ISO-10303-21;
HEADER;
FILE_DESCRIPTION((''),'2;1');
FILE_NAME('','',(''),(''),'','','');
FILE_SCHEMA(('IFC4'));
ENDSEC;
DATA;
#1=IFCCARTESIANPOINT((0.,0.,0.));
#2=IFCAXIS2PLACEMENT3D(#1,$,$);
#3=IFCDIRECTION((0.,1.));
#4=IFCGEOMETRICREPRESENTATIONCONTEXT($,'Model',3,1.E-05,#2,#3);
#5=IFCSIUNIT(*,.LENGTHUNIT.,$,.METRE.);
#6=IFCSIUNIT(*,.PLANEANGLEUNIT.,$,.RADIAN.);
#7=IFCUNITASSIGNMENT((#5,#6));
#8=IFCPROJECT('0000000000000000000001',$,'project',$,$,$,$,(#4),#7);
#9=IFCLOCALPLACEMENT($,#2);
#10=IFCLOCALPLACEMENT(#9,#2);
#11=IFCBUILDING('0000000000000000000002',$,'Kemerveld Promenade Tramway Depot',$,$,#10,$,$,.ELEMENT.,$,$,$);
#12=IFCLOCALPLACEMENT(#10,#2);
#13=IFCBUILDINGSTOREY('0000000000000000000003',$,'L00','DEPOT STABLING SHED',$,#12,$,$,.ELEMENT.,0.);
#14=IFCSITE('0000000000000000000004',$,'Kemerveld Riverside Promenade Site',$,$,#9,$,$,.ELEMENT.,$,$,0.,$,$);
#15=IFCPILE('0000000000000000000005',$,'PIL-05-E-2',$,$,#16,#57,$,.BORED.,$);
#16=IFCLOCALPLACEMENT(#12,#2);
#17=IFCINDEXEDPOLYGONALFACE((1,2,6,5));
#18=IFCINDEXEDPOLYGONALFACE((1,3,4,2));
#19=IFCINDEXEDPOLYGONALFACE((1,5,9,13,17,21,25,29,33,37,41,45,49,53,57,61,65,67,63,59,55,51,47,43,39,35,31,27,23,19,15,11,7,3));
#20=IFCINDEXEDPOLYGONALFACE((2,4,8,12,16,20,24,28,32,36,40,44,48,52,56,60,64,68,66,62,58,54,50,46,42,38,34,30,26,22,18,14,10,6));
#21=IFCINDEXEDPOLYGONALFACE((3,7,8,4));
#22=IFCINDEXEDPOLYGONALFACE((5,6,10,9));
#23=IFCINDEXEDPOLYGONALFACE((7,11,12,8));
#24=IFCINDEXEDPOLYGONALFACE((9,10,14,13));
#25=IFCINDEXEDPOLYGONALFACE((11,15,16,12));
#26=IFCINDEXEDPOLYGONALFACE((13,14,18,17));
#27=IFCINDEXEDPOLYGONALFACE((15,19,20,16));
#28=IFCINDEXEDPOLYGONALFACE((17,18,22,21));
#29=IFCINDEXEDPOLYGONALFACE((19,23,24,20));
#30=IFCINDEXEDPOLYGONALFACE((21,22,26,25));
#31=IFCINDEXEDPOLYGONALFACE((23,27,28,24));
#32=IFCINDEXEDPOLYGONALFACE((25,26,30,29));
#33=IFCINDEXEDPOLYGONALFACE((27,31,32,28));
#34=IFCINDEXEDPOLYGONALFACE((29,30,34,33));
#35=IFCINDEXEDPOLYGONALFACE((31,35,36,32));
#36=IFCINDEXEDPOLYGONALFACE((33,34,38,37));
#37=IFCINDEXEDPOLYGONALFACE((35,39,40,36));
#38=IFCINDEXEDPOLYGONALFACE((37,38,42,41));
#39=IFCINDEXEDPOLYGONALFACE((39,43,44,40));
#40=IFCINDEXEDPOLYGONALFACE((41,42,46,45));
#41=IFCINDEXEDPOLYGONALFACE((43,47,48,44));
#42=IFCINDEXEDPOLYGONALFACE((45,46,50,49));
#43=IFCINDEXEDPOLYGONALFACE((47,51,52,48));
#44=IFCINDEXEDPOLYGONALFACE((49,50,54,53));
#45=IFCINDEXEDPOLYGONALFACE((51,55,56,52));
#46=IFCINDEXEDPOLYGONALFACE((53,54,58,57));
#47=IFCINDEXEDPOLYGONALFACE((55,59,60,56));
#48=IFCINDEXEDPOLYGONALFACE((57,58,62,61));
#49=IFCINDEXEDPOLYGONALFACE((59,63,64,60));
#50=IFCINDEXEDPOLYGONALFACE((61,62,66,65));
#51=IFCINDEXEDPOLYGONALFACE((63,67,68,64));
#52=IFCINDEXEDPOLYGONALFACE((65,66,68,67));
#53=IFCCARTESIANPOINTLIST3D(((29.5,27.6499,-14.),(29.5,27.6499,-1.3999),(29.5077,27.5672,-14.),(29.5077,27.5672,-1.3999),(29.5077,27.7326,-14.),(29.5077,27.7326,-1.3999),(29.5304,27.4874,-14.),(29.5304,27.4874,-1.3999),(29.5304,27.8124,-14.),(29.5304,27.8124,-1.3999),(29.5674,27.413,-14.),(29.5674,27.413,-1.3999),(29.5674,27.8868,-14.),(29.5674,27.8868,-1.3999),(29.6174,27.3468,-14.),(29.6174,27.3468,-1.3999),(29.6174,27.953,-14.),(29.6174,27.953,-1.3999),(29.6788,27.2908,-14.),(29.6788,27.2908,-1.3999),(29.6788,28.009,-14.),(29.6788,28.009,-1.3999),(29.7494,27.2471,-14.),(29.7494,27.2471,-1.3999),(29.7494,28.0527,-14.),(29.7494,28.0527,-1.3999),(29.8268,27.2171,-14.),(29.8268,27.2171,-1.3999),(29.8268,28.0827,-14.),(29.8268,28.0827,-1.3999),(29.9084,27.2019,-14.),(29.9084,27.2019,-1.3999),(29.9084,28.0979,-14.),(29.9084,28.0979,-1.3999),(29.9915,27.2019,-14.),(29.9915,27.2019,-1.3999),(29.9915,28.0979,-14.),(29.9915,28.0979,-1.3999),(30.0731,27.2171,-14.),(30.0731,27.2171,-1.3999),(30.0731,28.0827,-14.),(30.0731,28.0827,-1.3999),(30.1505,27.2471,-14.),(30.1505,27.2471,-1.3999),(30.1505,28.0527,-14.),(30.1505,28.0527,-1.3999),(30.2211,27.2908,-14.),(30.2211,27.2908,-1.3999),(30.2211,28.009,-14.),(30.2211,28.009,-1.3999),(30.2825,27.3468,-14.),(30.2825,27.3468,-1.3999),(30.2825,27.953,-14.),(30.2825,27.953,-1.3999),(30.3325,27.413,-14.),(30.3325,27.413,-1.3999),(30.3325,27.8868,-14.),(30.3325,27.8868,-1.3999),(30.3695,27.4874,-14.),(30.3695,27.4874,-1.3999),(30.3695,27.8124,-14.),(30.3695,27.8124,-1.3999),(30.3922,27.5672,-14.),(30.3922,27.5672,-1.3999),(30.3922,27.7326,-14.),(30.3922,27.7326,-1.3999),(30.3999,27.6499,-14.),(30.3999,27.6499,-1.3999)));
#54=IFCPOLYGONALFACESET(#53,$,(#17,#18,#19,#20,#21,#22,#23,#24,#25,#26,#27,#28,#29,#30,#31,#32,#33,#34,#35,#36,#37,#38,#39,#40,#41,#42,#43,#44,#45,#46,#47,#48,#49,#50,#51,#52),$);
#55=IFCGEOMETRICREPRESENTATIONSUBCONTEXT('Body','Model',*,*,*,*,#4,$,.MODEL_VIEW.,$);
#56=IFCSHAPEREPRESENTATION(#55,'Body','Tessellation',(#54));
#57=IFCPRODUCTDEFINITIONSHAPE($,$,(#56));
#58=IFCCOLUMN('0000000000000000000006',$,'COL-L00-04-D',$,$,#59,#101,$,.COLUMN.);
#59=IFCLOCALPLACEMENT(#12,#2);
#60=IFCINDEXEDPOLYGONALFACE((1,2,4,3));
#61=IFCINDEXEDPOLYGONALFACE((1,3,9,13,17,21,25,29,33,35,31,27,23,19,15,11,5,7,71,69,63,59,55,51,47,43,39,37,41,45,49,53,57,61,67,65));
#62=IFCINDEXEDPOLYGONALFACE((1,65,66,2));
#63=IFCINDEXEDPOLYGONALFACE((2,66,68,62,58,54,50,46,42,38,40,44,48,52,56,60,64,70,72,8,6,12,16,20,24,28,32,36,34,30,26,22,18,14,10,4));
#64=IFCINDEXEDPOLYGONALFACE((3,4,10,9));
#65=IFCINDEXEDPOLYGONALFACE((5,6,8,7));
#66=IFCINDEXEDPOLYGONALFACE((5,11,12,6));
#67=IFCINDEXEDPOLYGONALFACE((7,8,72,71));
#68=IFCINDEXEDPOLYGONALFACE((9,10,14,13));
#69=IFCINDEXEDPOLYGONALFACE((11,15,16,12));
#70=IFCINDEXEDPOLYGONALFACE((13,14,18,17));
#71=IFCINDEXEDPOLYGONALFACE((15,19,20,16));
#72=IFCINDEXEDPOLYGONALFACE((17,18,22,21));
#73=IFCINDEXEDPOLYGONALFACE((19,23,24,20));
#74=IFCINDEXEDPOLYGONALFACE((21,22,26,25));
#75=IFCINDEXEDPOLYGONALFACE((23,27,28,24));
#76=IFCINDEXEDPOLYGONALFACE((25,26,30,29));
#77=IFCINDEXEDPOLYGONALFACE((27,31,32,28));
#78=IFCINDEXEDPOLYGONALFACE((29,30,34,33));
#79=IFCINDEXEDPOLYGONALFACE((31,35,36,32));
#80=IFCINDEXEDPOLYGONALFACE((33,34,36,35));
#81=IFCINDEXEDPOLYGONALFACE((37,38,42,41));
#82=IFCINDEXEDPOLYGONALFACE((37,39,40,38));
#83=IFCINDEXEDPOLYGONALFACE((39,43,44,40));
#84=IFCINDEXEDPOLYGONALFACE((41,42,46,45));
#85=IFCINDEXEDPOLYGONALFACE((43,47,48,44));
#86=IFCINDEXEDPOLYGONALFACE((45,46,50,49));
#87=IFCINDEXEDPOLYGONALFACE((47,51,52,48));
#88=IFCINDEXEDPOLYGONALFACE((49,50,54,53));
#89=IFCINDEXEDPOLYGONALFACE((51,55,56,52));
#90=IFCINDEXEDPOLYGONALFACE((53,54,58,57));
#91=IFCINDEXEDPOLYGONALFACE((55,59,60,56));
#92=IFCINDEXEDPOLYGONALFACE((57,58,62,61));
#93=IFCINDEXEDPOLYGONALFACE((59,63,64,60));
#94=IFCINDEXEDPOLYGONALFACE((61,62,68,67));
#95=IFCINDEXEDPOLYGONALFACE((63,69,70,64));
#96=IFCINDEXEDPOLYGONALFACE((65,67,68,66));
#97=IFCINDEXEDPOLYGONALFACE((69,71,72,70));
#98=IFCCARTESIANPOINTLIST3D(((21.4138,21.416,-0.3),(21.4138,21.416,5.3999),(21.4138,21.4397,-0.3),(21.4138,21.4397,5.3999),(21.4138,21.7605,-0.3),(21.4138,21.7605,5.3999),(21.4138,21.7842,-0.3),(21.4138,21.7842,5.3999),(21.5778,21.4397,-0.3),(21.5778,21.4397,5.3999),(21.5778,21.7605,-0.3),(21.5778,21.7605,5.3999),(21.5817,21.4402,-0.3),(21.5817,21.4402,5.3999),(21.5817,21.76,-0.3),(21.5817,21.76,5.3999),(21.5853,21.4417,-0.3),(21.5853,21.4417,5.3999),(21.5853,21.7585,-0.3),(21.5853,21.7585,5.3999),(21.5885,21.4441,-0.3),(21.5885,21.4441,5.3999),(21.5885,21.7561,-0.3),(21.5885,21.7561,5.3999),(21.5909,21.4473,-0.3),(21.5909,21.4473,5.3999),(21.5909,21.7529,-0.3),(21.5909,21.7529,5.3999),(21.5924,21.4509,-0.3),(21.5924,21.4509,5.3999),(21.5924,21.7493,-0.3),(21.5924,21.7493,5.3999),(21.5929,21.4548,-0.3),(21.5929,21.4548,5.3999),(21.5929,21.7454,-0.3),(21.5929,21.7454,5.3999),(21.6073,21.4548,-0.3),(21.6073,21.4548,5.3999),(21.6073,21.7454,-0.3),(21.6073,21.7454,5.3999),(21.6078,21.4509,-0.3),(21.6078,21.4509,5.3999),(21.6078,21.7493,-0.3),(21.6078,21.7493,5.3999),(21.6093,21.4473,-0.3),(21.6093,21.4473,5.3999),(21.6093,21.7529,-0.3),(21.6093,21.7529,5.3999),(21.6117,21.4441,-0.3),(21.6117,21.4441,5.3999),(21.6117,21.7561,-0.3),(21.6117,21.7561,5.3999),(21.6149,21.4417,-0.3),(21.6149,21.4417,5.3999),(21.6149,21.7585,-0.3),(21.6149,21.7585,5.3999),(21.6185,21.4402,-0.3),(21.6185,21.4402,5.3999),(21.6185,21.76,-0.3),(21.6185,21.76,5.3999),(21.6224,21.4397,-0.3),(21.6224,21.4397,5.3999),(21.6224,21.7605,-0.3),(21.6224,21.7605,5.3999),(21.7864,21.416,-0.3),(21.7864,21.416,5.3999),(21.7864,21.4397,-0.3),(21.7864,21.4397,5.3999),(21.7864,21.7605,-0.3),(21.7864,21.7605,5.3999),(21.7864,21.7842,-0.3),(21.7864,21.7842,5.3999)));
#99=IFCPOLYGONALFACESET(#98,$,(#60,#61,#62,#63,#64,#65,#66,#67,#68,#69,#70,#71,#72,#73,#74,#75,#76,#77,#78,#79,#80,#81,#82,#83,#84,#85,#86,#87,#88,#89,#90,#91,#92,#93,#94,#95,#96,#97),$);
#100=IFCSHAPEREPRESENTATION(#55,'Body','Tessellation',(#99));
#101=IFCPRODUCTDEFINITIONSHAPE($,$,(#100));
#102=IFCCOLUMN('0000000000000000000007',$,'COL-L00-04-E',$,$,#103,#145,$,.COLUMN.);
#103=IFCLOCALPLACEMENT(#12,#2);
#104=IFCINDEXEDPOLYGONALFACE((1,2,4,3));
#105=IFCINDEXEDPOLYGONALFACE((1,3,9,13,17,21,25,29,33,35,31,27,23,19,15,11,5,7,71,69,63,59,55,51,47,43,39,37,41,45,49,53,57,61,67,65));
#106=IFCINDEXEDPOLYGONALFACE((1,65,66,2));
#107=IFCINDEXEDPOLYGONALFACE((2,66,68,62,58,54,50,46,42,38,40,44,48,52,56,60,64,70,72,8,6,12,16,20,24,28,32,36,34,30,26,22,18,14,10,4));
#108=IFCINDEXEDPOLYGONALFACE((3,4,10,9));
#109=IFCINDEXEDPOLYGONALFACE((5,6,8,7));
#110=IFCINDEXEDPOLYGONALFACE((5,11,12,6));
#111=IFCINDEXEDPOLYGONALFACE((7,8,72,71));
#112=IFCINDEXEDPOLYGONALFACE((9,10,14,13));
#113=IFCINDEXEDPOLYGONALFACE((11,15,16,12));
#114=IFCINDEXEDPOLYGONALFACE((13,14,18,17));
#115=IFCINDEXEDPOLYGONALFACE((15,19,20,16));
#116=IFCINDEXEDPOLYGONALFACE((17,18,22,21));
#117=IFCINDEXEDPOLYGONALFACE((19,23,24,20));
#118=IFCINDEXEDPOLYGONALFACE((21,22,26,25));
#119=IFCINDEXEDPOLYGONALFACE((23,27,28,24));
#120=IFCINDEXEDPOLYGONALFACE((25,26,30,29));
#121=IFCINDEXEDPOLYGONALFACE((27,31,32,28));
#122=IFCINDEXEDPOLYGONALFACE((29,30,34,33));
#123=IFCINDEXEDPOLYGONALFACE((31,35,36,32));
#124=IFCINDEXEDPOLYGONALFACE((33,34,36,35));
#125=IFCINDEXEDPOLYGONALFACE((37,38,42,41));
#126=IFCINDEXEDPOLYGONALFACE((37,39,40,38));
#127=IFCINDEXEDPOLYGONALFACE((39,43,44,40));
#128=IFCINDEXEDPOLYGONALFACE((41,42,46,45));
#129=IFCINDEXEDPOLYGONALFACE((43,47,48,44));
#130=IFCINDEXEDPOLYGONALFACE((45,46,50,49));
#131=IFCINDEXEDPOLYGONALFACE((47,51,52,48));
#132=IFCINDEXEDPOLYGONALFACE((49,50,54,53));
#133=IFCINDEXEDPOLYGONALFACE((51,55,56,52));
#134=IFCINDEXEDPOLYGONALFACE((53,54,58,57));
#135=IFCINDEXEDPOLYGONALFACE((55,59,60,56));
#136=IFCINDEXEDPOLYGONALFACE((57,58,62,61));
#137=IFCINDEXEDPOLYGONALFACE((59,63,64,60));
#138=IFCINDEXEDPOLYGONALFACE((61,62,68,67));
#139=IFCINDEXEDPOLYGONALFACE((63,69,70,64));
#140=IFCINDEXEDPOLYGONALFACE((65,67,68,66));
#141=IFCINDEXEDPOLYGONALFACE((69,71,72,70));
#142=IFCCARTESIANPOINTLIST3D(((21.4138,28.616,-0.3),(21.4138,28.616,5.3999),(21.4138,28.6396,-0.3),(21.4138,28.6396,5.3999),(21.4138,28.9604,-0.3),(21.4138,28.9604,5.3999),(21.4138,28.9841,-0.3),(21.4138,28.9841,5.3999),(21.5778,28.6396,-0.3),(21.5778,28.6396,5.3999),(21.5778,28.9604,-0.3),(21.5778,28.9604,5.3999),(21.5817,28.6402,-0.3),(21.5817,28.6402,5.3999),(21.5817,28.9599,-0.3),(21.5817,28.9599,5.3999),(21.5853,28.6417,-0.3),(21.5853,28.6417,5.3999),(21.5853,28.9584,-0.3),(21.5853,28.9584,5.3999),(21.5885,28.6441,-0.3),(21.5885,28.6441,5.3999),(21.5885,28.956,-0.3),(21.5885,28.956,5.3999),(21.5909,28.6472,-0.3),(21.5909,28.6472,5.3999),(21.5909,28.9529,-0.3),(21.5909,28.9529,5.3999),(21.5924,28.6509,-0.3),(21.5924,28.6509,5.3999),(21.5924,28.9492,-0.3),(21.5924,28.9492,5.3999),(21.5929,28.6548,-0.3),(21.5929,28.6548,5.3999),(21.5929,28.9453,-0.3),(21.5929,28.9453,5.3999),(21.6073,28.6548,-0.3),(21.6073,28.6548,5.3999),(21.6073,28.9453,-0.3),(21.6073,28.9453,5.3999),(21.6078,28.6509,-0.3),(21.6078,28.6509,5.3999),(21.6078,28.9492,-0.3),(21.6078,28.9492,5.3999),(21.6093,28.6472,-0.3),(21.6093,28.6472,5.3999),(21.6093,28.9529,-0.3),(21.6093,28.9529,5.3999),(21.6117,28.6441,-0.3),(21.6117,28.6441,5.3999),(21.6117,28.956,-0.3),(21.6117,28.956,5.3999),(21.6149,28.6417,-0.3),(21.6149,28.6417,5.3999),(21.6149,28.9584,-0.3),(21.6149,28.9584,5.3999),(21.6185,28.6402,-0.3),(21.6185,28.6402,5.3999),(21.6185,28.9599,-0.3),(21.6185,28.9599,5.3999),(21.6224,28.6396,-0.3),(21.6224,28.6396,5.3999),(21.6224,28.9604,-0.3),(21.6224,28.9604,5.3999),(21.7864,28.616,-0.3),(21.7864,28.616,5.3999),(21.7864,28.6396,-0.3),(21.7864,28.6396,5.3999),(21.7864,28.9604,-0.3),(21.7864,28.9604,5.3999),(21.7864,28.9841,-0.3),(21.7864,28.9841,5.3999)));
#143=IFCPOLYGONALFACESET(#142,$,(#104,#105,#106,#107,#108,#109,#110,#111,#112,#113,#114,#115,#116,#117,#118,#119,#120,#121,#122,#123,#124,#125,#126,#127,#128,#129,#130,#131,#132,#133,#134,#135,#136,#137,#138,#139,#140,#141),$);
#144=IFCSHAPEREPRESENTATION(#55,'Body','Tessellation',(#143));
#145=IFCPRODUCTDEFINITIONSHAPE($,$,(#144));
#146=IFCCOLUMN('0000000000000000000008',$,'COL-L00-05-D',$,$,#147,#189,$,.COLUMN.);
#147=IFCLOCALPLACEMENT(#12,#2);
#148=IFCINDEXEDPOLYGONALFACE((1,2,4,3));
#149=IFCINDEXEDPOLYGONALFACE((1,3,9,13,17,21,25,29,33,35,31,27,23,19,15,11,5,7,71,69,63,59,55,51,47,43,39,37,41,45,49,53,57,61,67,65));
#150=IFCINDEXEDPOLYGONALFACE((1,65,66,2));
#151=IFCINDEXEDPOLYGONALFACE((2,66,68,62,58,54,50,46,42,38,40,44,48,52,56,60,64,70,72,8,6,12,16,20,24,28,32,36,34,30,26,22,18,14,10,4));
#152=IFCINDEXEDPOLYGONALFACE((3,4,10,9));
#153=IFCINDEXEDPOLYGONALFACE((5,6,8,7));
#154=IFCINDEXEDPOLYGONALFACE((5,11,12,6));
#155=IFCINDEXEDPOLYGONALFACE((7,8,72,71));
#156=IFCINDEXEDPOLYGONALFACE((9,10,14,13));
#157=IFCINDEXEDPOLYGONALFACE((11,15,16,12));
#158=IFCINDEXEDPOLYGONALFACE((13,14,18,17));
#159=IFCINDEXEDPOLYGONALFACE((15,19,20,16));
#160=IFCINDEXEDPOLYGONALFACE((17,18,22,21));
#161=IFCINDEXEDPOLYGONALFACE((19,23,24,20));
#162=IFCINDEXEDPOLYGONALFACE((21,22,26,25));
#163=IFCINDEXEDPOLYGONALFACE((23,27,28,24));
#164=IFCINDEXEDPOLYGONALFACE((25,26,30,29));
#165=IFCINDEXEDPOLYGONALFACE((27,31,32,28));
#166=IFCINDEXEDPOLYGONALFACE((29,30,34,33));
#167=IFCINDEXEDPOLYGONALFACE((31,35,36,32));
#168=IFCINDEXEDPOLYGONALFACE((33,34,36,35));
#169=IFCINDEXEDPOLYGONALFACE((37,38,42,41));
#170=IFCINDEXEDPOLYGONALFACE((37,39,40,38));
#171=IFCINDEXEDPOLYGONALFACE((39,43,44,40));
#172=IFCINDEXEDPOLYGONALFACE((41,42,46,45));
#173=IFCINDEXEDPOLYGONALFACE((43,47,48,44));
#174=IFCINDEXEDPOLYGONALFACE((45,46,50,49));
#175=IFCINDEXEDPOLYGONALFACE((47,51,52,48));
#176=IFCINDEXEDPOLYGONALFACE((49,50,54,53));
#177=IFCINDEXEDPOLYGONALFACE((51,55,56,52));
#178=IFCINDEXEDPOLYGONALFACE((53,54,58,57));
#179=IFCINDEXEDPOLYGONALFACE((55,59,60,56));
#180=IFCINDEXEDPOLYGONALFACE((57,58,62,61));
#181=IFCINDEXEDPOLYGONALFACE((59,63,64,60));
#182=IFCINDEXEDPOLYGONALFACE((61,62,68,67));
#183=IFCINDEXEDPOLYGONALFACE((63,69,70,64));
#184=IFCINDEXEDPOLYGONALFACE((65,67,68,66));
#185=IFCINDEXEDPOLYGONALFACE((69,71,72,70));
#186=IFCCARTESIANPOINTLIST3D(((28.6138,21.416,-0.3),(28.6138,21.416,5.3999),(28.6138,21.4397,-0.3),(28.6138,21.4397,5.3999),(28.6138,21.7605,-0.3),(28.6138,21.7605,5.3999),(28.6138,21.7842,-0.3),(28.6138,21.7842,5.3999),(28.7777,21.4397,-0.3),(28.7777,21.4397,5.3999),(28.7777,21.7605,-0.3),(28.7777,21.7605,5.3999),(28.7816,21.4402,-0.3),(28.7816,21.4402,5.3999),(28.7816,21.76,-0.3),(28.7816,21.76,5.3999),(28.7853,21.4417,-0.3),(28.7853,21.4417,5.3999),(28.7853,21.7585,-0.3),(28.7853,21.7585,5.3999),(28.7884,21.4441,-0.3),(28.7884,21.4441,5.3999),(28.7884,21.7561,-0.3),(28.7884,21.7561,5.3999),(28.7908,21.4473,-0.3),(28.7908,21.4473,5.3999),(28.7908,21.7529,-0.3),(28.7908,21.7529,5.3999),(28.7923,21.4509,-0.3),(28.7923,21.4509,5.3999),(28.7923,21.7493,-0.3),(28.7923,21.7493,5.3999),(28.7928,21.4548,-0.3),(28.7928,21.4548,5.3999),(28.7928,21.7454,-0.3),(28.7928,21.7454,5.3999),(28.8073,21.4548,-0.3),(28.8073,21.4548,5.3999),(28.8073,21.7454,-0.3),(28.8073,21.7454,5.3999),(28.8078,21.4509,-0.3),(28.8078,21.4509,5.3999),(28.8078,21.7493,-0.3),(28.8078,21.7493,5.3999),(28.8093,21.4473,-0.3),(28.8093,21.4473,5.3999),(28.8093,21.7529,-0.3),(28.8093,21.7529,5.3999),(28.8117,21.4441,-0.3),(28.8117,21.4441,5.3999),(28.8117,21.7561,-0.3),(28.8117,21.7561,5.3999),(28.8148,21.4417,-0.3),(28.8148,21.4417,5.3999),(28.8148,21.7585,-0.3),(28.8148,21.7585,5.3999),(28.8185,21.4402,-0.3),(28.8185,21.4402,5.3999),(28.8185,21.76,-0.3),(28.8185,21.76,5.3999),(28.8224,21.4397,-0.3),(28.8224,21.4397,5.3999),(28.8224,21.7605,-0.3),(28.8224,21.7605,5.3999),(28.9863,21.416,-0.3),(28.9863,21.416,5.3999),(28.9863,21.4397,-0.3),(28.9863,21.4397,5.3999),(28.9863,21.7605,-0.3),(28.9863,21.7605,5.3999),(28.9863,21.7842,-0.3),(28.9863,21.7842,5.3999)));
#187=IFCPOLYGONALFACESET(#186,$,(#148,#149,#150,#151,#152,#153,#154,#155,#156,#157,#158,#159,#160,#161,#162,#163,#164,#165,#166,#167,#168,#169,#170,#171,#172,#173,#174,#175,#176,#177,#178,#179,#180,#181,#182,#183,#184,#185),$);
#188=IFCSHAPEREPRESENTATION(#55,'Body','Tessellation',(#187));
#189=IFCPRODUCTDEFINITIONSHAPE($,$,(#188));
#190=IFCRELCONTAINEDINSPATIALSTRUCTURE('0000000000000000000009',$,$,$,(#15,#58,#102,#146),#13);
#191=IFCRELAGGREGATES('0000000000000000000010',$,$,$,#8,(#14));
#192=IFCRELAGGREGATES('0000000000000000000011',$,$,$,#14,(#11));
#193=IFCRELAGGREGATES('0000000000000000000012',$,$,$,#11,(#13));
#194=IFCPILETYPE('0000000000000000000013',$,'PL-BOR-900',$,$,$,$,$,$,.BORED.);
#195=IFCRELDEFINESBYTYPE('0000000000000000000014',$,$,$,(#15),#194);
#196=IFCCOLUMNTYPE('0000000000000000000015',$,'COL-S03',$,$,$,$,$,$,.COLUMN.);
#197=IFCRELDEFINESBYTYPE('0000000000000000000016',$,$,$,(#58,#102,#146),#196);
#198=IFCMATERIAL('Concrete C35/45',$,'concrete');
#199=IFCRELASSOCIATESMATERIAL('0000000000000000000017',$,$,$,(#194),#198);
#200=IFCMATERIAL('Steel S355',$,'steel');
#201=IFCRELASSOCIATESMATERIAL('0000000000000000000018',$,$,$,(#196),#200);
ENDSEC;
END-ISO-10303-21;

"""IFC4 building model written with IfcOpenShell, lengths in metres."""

from ifc_helpers import new_model, si_unit, direction, frame, origin, origin_2d, place, context, subcontext, project, spatial, circle, i_section, extrude, material, material_profile, profile_set, type_object, element, save


model = new_model("IFC4")

# Units and contexts
model_context = context("Model", 3, precision=1e-05, world=origin(), true_north=direction((0.0, 1.0)))
body_context = subcontext(model_context, "Body", "Model", "MODEL_VIEW")
ifc_project = project(units=[si_unit("LENGTHUNIT", "METRE"), si_unit("PLANEANGLEUNIT", "RADIAN")], contexts=[model_context])

# Site, building, storey
site_placement = place(None, origin())
site = spatial("IfcSite", under=ifc_project, at=site_placement, Name="Kemerveld Riverside Promenade Site", CompositionType="ELEMENT", RefElevation=0.0)
building_placement = place(site_placement, origin())
building = spatial("IfcBuilding", under=site, at=building_placement, Name="Kemerveld Promenade Tramway Depot", CompositionType="ELEMENT")
storey_placement = place(building_placement, origin())
storey = spatial("IfcBuildingStorey", under=building, at=storey_placement, Name="L00", Description="DEPOT STABLING SHED", CompositionType="ELEMENT", Elevation=0.0)

# Shared definitions
ifc_material_1 = material(Name="Concrete C35/45", Category="concrete")

# Pile
ifc_material_profile_1 = material_profile(ifc_material_1, circle(Radius=0.45, at=origin_2d()), Name="PILE-D900")
ifc_profile_set_1 = profile_set([ifc_material_profile_1], Name="Concrete C35/45")
pile_type = type_object("IfcPileType", Name="PL-BOR-900", PredefinedType="BORED", material=ifc_profile_set_1)
for number, where, z_axis, x_axis, name in (
    (1, (29.95, 27.6499, -1.3999), (0.0, 0.0, -1.0), (1.0, 0.0, 0.0), "PIL-05-E-2"),
):
    element("IfcPile", number, at=place(storey_placement, frame(where, z_axis=z_axis, x_axis=x_axis)), inside=storey, type_object=pile_type, Name=name, PredefinedType="BORED", context=body_context, shape_type="SweptSolid", body=[
        extrude(circle(Radius=0.45, at=origin_2d()), origin(), (0.0, 0.0, 1.0), 12.6001),
    ])

# Columns
ifc_material_2 = material(Name="Steel S355", Category="steel")
ifc_material_profile_2 = material_profile(ifc_material_2, i_section(OverallWidth=0.3726, OverallDepth=0.3682, WebThickness=0.0144, FlangeThickness=0.0237, FilletRadius=0.0151, at=origin_2d()), Name="356x368x177 UC")
ifc_profile_set_2 = profile_set([ifc_material_profile_2], Name="Steel S355")
column_type = type_object("IfcColumnType", Name="COL-S03", PredefinedType="COLUMN", material=ifc_profile_set_2)
for number, where, z_axis, x_axis, name in (
    (2, (21.6001, 21.6001, -0.3), (0.0, 0.0, 1.0), (1.0, 0.0, 0.0), "COL-L00-04-D"),
    (3, (21.6001, 28.8, -0.3), (0.0, 0.0, 1.0), (1.0, 0.0, 0.0), "COL-L00-04-E"),
    (4, (28.8, 21.6001, -0.3), (0.0, 0.0, 1.0), (1.0, 0.0, 0.0), "COL-L00-05-D"),
):
    element("IfcColumn", number, at=place(storey_placement, frame(where, z_axis=z_axis, x_axis=x_axis)), inside=storey, type_object=column_type, Name=name, PredefinedType="COLUMN", context=body_context, shape_type="SweptSolid", body=[
        extrude(i_section(OverallWidth=0.3726, OverallDepth=0.3682, WebThickness=0.0144, FlangeThickness=0.0237, FilletRadius=0.0151, at=origin_2d()), origin(), (0.0, 0.0, 1.0), 5.7),
    ])

save(model, "model.ifc")
